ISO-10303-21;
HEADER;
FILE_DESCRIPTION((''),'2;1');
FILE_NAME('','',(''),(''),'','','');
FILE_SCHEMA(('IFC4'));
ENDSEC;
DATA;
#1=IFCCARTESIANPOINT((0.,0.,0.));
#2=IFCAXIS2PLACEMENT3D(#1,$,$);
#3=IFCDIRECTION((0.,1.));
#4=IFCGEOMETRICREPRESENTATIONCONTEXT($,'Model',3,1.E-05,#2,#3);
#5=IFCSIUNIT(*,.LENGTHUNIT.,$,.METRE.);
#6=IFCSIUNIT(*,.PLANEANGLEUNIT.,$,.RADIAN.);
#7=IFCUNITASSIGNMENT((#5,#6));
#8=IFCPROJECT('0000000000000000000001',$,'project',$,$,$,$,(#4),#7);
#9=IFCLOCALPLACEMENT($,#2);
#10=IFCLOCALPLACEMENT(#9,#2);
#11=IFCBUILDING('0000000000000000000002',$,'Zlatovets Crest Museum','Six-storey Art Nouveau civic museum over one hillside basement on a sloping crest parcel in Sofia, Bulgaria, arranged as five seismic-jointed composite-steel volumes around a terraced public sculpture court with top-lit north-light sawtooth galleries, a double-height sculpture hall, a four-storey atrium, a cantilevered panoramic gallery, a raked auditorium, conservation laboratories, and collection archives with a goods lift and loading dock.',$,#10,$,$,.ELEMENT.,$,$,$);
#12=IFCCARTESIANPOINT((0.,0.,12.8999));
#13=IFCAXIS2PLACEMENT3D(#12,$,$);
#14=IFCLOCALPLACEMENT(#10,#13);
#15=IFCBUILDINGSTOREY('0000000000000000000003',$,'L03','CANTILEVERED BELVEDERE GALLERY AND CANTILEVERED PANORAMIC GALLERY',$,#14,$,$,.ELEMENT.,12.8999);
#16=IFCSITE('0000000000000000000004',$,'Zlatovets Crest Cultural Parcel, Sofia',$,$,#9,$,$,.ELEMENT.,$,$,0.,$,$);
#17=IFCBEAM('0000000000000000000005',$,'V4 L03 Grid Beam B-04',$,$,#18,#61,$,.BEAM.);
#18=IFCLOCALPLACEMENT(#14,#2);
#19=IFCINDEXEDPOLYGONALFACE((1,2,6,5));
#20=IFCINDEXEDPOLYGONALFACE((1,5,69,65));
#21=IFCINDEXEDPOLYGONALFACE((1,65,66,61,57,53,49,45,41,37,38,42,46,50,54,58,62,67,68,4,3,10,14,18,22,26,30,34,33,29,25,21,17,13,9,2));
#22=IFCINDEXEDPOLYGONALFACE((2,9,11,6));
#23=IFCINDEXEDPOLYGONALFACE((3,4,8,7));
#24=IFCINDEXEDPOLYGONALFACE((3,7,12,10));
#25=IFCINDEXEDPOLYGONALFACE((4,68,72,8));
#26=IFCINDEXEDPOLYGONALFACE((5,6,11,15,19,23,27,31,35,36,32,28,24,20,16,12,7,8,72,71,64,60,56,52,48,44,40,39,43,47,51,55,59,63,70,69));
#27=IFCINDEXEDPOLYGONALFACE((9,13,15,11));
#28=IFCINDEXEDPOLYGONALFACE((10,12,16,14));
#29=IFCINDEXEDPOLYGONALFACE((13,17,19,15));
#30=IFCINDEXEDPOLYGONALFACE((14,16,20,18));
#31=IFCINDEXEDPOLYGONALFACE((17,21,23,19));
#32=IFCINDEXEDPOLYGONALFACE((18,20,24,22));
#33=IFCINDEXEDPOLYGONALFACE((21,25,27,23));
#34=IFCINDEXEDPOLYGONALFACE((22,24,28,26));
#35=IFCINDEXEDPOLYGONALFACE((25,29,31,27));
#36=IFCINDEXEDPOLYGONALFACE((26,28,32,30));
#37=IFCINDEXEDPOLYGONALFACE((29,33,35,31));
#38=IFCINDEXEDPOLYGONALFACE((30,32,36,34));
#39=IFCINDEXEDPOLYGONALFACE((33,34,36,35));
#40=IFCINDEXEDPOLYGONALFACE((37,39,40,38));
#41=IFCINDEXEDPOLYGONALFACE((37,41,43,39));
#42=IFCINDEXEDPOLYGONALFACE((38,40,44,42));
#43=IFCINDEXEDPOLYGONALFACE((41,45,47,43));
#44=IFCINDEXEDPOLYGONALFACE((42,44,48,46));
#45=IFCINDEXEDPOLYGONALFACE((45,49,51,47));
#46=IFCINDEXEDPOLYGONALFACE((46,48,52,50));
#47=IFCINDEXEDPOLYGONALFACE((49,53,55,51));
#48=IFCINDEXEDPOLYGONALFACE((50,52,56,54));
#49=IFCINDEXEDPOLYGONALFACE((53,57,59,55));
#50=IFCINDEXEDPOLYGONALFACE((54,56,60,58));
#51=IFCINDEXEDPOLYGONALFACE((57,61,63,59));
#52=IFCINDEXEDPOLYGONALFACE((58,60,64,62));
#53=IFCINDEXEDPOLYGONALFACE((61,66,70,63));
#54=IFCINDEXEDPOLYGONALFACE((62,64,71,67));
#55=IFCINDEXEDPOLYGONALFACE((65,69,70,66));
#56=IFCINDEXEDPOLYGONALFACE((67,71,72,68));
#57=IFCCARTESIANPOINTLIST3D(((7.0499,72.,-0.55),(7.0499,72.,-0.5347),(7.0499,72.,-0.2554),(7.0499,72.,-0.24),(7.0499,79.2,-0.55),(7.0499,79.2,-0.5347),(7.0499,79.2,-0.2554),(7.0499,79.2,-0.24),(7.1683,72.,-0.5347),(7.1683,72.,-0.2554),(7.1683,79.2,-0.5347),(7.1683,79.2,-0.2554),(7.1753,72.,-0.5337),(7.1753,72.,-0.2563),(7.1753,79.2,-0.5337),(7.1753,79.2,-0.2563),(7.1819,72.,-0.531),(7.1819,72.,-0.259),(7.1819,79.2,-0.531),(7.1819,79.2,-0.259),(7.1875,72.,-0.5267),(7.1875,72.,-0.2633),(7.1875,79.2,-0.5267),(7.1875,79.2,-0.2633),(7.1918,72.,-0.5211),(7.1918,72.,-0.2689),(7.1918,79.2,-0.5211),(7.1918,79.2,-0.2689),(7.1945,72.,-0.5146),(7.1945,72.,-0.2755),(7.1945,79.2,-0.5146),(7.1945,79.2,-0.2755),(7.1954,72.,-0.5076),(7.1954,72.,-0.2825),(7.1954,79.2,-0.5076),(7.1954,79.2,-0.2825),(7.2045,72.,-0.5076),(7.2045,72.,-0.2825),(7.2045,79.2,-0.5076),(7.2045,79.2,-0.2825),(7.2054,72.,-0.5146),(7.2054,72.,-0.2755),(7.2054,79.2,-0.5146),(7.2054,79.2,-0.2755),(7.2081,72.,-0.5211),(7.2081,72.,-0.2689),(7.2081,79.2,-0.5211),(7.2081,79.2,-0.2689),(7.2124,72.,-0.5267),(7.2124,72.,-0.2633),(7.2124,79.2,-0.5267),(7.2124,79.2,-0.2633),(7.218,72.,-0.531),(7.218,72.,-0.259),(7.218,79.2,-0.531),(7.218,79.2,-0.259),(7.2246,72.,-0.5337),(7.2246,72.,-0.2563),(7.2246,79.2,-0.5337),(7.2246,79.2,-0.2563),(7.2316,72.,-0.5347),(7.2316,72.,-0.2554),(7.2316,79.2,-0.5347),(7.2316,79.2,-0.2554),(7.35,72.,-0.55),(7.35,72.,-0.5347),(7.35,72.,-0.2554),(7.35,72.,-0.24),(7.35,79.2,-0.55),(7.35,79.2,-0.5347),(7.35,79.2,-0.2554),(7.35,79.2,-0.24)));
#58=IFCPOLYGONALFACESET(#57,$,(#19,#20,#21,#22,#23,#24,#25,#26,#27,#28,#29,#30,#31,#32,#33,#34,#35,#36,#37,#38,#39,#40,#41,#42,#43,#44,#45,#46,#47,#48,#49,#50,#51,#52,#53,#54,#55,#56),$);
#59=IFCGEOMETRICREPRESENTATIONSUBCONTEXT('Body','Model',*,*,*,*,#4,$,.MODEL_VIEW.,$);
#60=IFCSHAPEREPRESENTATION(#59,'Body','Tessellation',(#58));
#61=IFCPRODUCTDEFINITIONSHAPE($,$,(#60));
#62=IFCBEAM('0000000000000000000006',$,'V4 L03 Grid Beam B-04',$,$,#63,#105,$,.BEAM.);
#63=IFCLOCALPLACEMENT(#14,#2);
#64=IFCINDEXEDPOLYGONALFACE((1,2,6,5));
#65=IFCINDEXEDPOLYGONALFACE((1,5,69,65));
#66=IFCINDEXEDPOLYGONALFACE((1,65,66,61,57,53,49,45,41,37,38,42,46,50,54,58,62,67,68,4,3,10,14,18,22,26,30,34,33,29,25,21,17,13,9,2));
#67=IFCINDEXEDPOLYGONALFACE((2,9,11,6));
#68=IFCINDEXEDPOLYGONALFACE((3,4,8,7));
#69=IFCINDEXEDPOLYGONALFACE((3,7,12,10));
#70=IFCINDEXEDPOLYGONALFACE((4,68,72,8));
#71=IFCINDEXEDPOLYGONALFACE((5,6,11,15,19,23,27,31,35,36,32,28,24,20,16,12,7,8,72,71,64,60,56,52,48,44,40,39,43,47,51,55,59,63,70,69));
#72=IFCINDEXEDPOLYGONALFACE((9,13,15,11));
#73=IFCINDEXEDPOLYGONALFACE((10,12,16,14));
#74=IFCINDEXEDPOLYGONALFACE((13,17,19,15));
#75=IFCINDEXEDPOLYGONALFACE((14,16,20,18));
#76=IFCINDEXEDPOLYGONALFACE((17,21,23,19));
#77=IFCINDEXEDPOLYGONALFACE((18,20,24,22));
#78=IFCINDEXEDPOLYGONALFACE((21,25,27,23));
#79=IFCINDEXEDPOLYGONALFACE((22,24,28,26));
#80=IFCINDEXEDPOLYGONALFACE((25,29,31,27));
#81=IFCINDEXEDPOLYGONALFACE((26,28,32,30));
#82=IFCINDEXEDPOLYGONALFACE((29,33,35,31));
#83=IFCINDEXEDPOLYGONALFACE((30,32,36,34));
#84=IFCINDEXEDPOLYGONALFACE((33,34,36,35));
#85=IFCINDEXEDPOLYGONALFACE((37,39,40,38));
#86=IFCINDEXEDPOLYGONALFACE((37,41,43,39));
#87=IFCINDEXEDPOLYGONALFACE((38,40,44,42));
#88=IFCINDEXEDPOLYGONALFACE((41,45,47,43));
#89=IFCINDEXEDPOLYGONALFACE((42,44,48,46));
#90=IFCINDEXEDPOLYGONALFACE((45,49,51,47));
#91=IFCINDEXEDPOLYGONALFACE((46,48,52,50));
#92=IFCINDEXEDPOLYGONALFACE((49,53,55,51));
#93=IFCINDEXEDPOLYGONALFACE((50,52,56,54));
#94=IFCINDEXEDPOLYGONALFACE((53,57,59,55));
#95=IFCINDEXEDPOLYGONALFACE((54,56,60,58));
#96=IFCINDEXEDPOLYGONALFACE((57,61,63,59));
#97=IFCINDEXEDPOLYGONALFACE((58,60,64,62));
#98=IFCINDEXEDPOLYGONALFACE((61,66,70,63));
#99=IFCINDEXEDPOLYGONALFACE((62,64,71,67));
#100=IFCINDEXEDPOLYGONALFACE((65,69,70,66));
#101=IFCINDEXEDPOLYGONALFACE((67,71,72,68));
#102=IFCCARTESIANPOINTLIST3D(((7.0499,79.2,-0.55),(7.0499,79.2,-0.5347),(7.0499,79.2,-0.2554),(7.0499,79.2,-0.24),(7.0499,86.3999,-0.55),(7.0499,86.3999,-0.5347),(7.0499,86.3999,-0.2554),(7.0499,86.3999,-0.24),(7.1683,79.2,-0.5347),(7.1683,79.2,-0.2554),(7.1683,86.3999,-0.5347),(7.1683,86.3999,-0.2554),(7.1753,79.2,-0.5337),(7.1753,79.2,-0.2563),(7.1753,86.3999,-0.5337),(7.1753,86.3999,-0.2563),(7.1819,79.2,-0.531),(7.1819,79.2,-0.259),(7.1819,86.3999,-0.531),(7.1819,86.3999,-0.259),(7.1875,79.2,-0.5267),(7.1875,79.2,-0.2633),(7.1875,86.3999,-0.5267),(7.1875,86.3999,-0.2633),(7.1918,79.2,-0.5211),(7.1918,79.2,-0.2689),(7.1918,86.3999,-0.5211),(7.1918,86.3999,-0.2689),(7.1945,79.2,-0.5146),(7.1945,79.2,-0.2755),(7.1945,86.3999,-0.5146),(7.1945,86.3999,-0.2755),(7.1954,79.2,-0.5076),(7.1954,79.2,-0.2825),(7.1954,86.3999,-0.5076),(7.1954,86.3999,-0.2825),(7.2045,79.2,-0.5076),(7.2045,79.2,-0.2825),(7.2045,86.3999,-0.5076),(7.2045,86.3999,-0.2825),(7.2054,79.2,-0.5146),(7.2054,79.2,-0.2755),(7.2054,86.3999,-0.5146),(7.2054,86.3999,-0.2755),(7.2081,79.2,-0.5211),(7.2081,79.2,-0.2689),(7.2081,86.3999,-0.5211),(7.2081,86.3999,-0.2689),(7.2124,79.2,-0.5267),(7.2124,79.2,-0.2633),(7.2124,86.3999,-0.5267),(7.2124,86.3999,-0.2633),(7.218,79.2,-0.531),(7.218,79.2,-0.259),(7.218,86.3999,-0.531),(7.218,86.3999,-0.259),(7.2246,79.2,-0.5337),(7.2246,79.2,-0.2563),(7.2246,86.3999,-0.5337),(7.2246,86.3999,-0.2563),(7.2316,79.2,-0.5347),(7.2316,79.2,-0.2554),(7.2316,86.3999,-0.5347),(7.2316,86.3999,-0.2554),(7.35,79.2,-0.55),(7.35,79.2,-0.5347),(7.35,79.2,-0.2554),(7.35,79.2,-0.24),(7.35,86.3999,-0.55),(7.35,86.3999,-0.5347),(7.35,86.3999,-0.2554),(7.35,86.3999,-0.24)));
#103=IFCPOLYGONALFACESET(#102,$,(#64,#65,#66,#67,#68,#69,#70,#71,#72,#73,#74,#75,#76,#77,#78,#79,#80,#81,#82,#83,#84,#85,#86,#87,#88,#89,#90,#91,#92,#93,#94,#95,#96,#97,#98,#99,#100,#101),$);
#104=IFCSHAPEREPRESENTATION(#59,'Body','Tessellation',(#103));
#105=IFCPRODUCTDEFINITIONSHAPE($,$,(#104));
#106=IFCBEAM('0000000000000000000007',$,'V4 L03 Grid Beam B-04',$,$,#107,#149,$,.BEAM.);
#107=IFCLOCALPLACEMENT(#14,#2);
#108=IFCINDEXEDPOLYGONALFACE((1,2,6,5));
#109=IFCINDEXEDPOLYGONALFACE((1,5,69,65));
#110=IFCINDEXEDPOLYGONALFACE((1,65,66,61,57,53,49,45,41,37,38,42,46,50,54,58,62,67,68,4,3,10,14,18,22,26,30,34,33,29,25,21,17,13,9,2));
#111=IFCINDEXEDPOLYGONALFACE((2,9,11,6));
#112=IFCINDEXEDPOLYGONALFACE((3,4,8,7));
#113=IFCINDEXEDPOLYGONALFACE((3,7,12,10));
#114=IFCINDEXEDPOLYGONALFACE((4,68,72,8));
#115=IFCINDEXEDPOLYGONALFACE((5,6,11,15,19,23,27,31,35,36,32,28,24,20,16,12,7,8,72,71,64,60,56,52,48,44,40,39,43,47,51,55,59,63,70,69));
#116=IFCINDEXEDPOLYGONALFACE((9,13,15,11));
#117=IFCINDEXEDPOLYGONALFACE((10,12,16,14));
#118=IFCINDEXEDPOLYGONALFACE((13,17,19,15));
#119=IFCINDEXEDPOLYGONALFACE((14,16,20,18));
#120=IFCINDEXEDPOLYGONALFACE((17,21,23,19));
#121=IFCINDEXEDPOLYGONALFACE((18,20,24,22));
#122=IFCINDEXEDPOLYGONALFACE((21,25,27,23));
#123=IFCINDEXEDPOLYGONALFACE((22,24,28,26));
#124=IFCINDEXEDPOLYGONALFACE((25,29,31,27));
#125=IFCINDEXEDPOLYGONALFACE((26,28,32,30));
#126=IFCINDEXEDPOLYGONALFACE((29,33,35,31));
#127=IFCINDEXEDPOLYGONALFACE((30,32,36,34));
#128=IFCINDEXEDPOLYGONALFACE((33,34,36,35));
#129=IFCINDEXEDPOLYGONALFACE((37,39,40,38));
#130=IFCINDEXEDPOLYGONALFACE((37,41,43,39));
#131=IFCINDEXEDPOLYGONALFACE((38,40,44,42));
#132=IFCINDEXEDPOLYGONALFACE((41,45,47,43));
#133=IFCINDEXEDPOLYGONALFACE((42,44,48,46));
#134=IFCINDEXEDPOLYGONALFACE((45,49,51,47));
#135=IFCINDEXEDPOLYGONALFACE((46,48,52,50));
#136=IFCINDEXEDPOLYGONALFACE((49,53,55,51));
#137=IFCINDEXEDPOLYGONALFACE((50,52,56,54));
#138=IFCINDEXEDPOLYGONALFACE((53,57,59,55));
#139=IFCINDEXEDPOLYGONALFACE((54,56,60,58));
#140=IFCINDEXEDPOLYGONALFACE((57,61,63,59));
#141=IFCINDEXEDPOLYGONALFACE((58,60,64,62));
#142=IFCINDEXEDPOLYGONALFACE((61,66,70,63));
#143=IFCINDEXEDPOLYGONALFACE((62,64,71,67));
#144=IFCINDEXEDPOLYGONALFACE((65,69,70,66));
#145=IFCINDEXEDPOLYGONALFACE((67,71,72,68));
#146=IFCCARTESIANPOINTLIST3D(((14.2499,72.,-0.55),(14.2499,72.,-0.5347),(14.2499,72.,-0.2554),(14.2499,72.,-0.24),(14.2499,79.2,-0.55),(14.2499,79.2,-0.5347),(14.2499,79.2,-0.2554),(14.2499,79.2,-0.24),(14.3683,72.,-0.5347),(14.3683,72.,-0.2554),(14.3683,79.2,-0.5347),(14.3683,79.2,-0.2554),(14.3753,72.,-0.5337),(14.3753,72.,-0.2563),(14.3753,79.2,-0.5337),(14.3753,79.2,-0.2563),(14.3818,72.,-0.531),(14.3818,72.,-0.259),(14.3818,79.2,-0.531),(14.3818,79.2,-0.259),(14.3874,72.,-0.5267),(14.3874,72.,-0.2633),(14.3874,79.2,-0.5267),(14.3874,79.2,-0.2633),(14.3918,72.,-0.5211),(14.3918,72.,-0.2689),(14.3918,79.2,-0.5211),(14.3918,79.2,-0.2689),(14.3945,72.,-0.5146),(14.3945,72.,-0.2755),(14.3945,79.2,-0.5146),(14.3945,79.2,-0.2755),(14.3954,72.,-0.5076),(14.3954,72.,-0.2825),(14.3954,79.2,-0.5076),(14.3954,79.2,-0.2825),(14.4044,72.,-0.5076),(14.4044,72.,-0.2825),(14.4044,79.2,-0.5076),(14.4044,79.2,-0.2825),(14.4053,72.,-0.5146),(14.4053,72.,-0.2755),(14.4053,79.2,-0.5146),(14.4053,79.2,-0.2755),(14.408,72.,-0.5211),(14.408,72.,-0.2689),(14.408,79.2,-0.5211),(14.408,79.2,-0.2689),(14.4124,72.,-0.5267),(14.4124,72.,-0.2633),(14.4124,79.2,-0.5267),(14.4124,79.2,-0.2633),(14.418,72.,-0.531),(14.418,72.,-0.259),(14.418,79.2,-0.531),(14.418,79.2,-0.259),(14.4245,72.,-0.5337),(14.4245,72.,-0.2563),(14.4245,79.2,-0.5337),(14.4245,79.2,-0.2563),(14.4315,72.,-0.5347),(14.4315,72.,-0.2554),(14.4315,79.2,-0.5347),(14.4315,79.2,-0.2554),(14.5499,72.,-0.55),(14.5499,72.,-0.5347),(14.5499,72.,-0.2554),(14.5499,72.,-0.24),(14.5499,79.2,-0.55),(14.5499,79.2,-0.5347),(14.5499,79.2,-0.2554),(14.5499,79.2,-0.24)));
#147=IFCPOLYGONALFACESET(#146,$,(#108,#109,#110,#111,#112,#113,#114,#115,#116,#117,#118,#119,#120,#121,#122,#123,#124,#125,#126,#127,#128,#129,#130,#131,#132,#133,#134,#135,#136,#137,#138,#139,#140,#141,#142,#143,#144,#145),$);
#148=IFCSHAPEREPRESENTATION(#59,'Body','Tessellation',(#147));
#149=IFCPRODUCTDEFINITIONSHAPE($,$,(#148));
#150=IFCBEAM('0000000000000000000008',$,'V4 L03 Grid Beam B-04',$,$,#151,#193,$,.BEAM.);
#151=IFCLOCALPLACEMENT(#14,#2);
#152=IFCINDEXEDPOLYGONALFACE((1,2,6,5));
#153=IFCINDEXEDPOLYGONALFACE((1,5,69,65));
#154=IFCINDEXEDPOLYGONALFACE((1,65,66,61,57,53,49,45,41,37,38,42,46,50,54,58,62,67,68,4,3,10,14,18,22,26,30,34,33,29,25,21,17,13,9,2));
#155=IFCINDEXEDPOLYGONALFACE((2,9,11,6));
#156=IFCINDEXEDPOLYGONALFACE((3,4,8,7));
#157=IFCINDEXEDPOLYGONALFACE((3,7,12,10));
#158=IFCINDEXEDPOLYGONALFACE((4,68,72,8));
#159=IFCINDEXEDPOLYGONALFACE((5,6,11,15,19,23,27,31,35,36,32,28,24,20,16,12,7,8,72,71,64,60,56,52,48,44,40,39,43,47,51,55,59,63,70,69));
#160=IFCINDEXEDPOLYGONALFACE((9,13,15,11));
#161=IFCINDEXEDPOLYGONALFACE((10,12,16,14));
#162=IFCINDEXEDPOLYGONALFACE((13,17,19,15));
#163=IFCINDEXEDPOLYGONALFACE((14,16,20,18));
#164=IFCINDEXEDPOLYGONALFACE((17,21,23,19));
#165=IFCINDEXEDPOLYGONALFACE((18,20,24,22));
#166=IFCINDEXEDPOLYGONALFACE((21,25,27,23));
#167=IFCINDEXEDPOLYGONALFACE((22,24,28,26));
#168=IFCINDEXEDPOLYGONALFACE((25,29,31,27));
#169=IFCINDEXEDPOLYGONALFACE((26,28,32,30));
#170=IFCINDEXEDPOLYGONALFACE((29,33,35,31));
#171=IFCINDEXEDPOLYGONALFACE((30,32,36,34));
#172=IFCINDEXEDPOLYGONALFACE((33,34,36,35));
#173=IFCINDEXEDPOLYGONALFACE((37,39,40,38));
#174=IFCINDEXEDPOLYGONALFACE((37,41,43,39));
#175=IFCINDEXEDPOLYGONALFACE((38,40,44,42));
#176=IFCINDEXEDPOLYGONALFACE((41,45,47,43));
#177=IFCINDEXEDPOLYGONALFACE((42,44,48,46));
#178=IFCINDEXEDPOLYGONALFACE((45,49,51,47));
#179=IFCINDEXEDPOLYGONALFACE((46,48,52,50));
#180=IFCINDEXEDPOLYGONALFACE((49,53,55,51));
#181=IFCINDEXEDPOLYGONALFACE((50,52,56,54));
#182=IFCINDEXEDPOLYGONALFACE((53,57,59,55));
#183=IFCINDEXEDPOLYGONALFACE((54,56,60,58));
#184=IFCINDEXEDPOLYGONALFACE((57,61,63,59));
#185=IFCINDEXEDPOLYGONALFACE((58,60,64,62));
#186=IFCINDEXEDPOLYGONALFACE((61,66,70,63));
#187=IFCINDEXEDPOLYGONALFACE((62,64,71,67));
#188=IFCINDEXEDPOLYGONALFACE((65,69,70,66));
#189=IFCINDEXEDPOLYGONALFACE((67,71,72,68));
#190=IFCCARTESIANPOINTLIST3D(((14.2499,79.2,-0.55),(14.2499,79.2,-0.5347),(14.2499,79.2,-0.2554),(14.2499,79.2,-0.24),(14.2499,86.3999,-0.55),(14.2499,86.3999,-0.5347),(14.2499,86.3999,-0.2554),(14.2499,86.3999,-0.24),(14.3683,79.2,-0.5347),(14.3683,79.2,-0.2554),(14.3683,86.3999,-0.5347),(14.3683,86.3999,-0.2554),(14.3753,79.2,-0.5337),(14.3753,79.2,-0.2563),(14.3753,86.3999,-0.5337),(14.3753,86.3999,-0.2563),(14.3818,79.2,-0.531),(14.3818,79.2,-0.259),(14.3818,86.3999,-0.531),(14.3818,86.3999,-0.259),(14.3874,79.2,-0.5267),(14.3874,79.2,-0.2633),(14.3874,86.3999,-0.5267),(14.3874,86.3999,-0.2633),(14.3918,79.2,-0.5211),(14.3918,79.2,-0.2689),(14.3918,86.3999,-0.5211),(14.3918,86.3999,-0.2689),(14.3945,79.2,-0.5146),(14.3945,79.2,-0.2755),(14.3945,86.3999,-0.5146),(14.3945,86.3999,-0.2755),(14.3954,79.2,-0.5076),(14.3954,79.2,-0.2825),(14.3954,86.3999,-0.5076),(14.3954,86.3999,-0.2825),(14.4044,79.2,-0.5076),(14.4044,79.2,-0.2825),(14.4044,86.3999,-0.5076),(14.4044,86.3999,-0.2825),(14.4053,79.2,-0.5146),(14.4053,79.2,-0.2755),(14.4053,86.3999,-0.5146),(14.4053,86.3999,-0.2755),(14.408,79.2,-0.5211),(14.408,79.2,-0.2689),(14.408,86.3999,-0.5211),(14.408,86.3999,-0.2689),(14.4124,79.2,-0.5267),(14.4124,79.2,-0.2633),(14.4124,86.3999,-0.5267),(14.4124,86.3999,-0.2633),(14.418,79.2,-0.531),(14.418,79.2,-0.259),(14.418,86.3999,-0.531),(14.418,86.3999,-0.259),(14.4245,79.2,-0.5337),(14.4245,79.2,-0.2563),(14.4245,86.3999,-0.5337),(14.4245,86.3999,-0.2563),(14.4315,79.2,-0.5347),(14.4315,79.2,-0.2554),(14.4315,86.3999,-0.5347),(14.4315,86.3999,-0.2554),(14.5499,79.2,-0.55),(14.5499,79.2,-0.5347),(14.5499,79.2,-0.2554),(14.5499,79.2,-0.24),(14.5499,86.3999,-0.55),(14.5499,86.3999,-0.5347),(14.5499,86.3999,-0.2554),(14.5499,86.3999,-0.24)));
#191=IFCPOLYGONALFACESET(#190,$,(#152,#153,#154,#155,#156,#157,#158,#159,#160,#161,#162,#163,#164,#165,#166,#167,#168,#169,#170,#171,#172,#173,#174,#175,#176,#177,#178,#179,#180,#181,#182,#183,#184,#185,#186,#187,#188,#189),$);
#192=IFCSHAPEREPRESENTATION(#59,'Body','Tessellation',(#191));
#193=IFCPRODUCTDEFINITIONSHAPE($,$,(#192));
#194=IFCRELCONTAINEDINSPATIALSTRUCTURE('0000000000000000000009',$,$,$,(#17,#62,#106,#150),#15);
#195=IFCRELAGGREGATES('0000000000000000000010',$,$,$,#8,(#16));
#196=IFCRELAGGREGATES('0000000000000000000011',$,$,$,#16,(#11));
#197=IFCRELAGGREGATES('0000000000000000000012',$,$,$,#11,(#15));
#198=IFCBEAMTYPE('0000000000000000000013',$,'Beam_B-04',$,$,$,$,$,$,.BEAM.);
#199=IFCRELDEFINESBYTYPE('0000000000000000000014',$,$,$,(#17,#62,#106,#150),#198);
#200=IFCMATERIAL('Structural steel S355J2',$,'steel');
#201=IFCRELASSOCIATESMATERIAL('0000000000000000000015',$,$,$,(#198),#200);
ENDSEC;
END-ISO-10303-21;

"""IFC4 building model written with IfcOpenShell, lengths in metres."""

from ifc_helpers import new_model, si_unit, direction, frame, origin, origin_2d, place, context, subcontext, project, spatial, i_section, extrude, material, material_profile, profile_set, type_object, element, save


model = new_model("IFC4")

# Units and contexts
model_context = context("Model", 3, precision=1e-05, world=origin(), true_north=direction((0.0, 1.0)))
body_context = subcontext(model_context, "Body", "Model", "MODEL_VIEW")
ifc_project = project(units=[si_unit("LENGTHUNIT", "METRE"), si_unit("PLANEANGLEUNIT", "RADIAN")], contexts=[model_context])

# Site, building, storey
site_placement = place(None, origin())
site = spatial("IfcSite", under=ifc_project, at=site_placement, Name="Zlatovets Crest Cultural Parcel, Sofia", CompositionType="ELEMENT", RefElevation=0.0)
building_placement = place(site_placement, origin())
building = spatial("IfcBuilding", under=site, at=building_placement, Name="Zlatovets Crest Museum", Description="Six-storey Art Nouveau civic museum over one hillside basement on a sloping crest parcel in Sofia, Bulgaria, arranged as five seismic-jointed composite-steel volumes around a terraced public sculpture court with top-lit north-light sawtooth galleries, a double-height sculpture hall, a four-storey atrium, a cantilevered panoramic gallery, a raked auditorium, conservation laboratories, and collection archives with a goods lift and loading dock.", CompositionType="ELEMENT")
storey_placement = place(building_placement, frame((0.0, 0.0, 12.8999)))
storey = spatial("IfcBuildingStorey", under=building, at=storey_placement, Name="L03", Description="CANTILEVERED BELVEDERE GALLERY AND CANTILEVERED PANORAMIC GALLERY", CompositionType="ELEMENT", Elevation=12.8999)

# Shared definitions
ifc_material = material(Name="Structural steel S355J2", Category="steel")

# Beams
ifc_material_profile_1 = material_profile(ifc_material, i_section(OverallWidth=0.3, OverallDepth=0.3101, WebThickness=0.009, FlangeThickness=0.0154, FilletRadius=0.0271, at=origin_2d()), Name="HEA 320")
ifc_profile_set_1 = profile_set([ifc_material_profile_1], Name="Structural steel S355J2")
beam_type_1 = type_object("IfcBeamType", Name="Beam_B-04", PredefinedType="BEAM", material=ifc_profile_set_1)
for number, where, z_axis, x_axis, name in (
    (1, (7.2, 72.0, -0.395), (0.0, 1.0, 0.0), (-1.0, 0.0, 0.0), "V4 L03 Grid Beam B-04"),
    (2, (7.2, 79.2, -0.395), (0.0, 1.0, 0.0), (-1.0, 0.0, 0.0), "V4 L03 Grid Beam B-04"),
    (3, (14.3999, 72.0, -0.395), (0.0, 1.0, 0.0), (-1.0, 0.0, 0.0), "V4 L03 Grid Beam B-04"),
    (4, (14.3999, 79.2, -0.395), (0.0, 1.0, 0.0), (-1.0, 0.0, 0.0), "V4 L03 Grid Beam B-04"),
):
    element("IfcBeam", number, at=place(storey_placement, frame(where, z_axis=z_axis, x_axis=x_axis)), inside=storey, type_object=beam_type_1, Name=name, PredefinedType="BEAM", context=body_context, shape_type="SweptSolid", body=[
        extrude(i_section(OverallWidth=0.3, OverallDepth=0.3101, WebThickness=0.009, FlangeThickness=0.0154, FilletRadius=0.0271, at=origin_2d()), origin(), (0.0, 0.0, 1.0), 7.2),
    ])

save(model, "model.ifc")
